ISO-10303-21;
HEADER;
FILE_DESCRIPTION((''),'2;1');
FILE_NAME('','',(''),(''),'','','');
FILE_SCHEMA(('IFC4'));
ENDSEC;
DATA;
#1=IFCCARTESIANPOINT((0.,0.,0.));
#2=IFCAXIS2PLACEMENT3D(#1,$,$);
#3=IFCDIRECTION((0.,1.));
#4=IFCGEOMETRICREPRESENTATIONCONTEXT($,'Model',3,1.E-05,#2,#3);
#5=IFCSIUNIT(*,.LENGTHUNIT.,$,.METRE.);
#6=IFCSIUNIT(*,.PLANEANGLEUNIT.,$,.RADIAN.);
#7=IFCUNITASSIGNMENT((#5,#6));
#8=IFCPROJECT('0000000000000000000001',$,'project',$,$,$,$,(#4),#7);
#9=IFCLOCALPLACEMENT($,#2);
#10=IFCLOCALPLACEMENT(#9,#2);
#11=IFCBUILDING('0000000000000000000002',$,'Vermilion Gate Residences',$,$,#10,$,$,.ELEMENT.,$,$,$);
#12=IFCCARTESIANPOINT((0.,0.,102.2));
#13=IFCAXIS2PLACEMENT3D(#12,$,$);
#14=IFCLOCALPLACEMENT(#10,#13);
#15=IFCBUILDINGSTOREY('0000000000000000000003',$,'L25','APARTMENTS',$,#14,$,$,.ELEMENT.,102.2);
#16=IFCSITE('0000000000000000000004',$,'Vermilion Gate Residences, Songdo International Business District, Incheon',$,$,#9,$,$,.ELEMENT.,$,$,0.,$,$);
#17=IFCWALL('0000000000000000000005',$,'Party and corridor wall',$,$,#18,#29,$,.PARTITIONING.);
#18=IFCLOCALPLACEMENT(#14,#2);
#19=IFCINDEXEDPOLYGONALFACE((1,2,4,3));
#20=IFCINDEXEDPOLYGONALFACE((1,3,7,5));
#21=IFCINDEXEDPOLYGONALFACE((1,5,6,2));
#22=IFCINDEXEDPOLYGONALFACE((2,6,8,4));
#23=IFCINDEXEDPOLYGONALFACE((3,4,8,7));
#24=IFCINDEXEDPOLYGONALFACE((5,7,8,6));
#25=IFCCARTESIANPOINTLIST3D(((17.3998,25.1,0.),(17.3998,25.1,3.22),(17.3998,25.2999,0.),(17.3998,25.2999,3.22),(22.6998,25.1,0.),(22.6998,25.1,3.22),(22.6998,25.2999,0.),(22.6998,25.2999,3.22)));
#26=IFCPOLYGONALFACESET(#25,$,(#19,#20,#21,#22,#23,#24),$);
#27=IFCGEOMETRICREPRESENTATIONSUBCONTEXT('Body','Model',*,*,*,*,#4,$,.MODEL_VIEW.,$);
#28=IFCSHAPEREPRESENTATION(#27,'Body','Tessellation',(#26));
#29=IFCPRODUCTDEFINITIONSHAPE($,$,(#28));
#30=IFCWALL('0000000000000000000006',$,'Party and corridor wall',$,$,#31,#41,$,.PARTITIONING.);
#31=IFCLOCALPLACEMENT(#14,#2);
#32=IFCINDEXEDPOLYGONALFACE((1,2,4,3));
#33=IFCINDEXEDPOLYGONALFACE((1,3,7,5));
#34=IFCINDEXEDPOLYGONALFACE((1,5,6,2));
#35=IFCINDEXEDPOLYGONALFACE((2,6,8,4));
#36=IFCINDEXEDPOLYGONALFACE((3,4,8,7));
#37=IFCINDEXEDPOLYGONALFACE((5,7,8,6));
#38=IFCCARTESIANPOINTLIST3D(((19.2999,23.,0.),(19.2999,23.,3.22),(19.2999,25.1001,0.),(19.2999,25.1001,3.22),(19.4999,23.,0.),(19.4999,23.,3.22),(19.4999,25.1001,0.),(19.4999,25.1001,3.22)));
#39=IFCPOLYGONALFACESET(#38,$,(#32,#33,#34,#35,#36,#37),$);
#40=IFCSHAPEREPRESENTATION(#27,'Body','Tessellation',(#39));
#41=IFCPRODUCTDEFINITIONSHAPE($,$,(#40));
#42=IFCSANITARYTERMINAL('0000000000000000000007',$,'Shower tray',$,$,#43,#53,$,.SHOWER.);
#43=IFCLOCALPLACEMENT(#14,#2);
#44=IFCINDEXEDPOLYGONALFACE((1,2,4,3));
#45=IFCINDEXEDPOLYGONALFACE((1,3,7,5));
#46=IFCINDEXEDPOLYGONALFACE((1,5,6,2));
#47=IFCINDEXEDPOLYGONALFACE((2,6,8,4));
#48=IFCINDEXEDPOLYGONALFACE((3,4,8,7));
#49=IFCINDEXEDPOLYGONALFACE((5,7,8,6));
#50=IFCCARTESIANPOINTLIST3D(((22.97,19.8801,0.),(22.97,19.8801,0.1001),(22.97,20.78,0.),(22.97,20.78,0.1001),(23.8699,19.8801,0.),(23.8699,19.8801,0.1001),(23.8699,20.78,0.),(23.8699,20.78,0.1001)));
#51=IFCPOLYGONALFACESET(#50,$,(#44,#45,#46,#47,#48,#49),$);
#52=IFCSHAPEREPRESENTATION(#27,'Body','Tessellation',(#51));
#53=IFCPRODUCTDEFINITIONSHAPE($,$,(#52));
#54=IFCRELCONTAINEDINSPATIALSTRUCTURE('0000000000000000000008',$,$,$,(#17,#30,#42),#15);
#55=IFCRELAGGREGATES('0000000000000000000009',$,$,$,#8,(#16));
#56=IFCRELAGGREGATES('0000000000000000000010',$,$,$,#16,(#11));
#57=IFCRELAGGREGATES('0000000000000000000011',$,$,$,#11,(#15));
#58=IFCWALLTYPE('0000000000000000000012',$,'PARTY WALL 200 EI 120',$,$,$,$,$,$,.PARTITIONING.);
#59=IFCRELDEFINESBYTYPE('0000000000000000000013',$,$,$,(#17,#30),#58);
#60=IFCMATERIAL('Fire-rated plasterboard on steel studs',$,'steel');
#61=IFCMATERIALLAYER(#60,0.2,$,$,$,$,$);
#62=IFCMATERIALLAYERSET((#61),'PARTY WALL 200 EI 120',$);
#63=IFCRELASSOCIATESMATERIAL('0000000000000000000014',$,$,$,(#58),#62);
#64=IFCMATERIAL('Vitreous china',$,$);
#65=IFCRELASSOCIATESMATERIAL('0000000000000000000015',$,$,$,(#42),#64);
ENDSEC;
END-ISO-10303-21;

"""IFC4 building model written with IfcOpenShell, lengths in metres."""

from ifc_helpers import new_model, si_unit, direction, frame, frame_2d, origin, origin_2d, place, context, subcontext, project, spatial, rectangle, extrude, material, layer, layer_set, type_object, element, save


model = new_model("IFC4")

# Units and contexts
model_context = context("Model", 3, precision=1e-05, world=origin(), true_north=direction((0.0, 1.0)))
body_context = subcontext(model_context, "Body", "Model", "MODEL_VIEW")
ifc_project = project(units=[si_unit("LENGTHUNIT", "METRE"), si_unit("PLANEANGLEUNIT", "RADIAN")], contexts=[model_context])

# Site, building, storey
site_placement = place(None, origin())
site = spatial("IfcSite", under=ifc_project, at=site_placement, Name="Vermilion Gate Residences, Songdo International Business District, Incheon", CompositionType="ELEMENT", RefElevation=0.0)
building_placement = place(site_placement, origin())
building = spatial("IfcBuilding", under=site, at=building_placement, Name="Vermilion Gate Residences", CompositionType="ELEMENT")
storey_placement = place(building_placement, frame((0.0, 0.0, 102.2)))
storey = spatial("IfcBuildingStorey", under=building, at=storey_placement, Name="L25", Description="APARTMENTS", CompositionType="ELEMENT", Elevation=102.2)

# Shared definitions
ifc_material_1 = material(Name="Fire-rated plasterboard on steel studs", Category="steel")
ifc_layer_1 = layer(ifc_material_1, 0.2)
ifc_layer_set_1 = layer_set([ifc_layer_1], Name="PARTY WALL 200 EI 120")
wall_type_1 = type_object("IfcWallType", Name="PARTY WALL 200 EI 120", PredefinedType="PARTITIONING", material=ifc_layer_set_1)

# Walls
wall_1_placement = place(storey_placement, frame((17.3999, 25.2, 0.0), z_axis=(0.0, 0.0, 1.0), x_axis=(1.0, 0.0, 0.0)))
element("IfcWall", 1, at=wall_1_placement, inside=storey, type_object=wall_type_1, Name="Party and corridor wall", PredefinedType="PARTITIONING", context=body_context, shape_type="SweptSolid", body=[
    extrude(rectangle(XDim=5.3, YDim=0.2, at=frame_2d((2.6499, 0.0))), origin(), (0.0, 0.0, 1.0), 3.22),
])
wall_2_placement = place(storey_placement, frame((19.3999, 23.0, 0.0), z_axis=(0.0, 0.0, 1.0), x_axis=(0.0, 1.0, 0.0)))
element("IfcWall", 2, at=wall_2_placement, inside=storey, type_object=wall_type_1, Name="Party and corridor wall", PredefinedType="PARTITIONING", context=body_context, shape_type="SweptSolid", body=[
    extrude(rectangle(XDim=2.1001, YDim=0.2, at=frame_2d((1.05, 0.0))), origin(), (0.0, 0.0, 1.0), 3.22),
])

# Sanitary terminal
ifc_material_2 = material(Name="Vitreous china")
sanitary_terminal_placement = place(storey_placement, frame((23.4199, 20.3301, 0.0), z_axis=(0.0, 0.0, 1.0), x_axis=(1.0, 0.0, 0.0)))
element("IfcSanitaryTerminal", 3, at=sanitary_terminal_placement, inside=storey, material=ifc_material_2, Name="Shower tray", PredefinedType="SHOWER", context=body_context, shape_type="SweptSolid", body=[
    extrude(rectangle(XDim=0.8999, YDim=0.8999, at=origin_2d()), origin(), (0.0, 0.0, 1.0), 0.1001),
])

save(model, "model.ifc")
